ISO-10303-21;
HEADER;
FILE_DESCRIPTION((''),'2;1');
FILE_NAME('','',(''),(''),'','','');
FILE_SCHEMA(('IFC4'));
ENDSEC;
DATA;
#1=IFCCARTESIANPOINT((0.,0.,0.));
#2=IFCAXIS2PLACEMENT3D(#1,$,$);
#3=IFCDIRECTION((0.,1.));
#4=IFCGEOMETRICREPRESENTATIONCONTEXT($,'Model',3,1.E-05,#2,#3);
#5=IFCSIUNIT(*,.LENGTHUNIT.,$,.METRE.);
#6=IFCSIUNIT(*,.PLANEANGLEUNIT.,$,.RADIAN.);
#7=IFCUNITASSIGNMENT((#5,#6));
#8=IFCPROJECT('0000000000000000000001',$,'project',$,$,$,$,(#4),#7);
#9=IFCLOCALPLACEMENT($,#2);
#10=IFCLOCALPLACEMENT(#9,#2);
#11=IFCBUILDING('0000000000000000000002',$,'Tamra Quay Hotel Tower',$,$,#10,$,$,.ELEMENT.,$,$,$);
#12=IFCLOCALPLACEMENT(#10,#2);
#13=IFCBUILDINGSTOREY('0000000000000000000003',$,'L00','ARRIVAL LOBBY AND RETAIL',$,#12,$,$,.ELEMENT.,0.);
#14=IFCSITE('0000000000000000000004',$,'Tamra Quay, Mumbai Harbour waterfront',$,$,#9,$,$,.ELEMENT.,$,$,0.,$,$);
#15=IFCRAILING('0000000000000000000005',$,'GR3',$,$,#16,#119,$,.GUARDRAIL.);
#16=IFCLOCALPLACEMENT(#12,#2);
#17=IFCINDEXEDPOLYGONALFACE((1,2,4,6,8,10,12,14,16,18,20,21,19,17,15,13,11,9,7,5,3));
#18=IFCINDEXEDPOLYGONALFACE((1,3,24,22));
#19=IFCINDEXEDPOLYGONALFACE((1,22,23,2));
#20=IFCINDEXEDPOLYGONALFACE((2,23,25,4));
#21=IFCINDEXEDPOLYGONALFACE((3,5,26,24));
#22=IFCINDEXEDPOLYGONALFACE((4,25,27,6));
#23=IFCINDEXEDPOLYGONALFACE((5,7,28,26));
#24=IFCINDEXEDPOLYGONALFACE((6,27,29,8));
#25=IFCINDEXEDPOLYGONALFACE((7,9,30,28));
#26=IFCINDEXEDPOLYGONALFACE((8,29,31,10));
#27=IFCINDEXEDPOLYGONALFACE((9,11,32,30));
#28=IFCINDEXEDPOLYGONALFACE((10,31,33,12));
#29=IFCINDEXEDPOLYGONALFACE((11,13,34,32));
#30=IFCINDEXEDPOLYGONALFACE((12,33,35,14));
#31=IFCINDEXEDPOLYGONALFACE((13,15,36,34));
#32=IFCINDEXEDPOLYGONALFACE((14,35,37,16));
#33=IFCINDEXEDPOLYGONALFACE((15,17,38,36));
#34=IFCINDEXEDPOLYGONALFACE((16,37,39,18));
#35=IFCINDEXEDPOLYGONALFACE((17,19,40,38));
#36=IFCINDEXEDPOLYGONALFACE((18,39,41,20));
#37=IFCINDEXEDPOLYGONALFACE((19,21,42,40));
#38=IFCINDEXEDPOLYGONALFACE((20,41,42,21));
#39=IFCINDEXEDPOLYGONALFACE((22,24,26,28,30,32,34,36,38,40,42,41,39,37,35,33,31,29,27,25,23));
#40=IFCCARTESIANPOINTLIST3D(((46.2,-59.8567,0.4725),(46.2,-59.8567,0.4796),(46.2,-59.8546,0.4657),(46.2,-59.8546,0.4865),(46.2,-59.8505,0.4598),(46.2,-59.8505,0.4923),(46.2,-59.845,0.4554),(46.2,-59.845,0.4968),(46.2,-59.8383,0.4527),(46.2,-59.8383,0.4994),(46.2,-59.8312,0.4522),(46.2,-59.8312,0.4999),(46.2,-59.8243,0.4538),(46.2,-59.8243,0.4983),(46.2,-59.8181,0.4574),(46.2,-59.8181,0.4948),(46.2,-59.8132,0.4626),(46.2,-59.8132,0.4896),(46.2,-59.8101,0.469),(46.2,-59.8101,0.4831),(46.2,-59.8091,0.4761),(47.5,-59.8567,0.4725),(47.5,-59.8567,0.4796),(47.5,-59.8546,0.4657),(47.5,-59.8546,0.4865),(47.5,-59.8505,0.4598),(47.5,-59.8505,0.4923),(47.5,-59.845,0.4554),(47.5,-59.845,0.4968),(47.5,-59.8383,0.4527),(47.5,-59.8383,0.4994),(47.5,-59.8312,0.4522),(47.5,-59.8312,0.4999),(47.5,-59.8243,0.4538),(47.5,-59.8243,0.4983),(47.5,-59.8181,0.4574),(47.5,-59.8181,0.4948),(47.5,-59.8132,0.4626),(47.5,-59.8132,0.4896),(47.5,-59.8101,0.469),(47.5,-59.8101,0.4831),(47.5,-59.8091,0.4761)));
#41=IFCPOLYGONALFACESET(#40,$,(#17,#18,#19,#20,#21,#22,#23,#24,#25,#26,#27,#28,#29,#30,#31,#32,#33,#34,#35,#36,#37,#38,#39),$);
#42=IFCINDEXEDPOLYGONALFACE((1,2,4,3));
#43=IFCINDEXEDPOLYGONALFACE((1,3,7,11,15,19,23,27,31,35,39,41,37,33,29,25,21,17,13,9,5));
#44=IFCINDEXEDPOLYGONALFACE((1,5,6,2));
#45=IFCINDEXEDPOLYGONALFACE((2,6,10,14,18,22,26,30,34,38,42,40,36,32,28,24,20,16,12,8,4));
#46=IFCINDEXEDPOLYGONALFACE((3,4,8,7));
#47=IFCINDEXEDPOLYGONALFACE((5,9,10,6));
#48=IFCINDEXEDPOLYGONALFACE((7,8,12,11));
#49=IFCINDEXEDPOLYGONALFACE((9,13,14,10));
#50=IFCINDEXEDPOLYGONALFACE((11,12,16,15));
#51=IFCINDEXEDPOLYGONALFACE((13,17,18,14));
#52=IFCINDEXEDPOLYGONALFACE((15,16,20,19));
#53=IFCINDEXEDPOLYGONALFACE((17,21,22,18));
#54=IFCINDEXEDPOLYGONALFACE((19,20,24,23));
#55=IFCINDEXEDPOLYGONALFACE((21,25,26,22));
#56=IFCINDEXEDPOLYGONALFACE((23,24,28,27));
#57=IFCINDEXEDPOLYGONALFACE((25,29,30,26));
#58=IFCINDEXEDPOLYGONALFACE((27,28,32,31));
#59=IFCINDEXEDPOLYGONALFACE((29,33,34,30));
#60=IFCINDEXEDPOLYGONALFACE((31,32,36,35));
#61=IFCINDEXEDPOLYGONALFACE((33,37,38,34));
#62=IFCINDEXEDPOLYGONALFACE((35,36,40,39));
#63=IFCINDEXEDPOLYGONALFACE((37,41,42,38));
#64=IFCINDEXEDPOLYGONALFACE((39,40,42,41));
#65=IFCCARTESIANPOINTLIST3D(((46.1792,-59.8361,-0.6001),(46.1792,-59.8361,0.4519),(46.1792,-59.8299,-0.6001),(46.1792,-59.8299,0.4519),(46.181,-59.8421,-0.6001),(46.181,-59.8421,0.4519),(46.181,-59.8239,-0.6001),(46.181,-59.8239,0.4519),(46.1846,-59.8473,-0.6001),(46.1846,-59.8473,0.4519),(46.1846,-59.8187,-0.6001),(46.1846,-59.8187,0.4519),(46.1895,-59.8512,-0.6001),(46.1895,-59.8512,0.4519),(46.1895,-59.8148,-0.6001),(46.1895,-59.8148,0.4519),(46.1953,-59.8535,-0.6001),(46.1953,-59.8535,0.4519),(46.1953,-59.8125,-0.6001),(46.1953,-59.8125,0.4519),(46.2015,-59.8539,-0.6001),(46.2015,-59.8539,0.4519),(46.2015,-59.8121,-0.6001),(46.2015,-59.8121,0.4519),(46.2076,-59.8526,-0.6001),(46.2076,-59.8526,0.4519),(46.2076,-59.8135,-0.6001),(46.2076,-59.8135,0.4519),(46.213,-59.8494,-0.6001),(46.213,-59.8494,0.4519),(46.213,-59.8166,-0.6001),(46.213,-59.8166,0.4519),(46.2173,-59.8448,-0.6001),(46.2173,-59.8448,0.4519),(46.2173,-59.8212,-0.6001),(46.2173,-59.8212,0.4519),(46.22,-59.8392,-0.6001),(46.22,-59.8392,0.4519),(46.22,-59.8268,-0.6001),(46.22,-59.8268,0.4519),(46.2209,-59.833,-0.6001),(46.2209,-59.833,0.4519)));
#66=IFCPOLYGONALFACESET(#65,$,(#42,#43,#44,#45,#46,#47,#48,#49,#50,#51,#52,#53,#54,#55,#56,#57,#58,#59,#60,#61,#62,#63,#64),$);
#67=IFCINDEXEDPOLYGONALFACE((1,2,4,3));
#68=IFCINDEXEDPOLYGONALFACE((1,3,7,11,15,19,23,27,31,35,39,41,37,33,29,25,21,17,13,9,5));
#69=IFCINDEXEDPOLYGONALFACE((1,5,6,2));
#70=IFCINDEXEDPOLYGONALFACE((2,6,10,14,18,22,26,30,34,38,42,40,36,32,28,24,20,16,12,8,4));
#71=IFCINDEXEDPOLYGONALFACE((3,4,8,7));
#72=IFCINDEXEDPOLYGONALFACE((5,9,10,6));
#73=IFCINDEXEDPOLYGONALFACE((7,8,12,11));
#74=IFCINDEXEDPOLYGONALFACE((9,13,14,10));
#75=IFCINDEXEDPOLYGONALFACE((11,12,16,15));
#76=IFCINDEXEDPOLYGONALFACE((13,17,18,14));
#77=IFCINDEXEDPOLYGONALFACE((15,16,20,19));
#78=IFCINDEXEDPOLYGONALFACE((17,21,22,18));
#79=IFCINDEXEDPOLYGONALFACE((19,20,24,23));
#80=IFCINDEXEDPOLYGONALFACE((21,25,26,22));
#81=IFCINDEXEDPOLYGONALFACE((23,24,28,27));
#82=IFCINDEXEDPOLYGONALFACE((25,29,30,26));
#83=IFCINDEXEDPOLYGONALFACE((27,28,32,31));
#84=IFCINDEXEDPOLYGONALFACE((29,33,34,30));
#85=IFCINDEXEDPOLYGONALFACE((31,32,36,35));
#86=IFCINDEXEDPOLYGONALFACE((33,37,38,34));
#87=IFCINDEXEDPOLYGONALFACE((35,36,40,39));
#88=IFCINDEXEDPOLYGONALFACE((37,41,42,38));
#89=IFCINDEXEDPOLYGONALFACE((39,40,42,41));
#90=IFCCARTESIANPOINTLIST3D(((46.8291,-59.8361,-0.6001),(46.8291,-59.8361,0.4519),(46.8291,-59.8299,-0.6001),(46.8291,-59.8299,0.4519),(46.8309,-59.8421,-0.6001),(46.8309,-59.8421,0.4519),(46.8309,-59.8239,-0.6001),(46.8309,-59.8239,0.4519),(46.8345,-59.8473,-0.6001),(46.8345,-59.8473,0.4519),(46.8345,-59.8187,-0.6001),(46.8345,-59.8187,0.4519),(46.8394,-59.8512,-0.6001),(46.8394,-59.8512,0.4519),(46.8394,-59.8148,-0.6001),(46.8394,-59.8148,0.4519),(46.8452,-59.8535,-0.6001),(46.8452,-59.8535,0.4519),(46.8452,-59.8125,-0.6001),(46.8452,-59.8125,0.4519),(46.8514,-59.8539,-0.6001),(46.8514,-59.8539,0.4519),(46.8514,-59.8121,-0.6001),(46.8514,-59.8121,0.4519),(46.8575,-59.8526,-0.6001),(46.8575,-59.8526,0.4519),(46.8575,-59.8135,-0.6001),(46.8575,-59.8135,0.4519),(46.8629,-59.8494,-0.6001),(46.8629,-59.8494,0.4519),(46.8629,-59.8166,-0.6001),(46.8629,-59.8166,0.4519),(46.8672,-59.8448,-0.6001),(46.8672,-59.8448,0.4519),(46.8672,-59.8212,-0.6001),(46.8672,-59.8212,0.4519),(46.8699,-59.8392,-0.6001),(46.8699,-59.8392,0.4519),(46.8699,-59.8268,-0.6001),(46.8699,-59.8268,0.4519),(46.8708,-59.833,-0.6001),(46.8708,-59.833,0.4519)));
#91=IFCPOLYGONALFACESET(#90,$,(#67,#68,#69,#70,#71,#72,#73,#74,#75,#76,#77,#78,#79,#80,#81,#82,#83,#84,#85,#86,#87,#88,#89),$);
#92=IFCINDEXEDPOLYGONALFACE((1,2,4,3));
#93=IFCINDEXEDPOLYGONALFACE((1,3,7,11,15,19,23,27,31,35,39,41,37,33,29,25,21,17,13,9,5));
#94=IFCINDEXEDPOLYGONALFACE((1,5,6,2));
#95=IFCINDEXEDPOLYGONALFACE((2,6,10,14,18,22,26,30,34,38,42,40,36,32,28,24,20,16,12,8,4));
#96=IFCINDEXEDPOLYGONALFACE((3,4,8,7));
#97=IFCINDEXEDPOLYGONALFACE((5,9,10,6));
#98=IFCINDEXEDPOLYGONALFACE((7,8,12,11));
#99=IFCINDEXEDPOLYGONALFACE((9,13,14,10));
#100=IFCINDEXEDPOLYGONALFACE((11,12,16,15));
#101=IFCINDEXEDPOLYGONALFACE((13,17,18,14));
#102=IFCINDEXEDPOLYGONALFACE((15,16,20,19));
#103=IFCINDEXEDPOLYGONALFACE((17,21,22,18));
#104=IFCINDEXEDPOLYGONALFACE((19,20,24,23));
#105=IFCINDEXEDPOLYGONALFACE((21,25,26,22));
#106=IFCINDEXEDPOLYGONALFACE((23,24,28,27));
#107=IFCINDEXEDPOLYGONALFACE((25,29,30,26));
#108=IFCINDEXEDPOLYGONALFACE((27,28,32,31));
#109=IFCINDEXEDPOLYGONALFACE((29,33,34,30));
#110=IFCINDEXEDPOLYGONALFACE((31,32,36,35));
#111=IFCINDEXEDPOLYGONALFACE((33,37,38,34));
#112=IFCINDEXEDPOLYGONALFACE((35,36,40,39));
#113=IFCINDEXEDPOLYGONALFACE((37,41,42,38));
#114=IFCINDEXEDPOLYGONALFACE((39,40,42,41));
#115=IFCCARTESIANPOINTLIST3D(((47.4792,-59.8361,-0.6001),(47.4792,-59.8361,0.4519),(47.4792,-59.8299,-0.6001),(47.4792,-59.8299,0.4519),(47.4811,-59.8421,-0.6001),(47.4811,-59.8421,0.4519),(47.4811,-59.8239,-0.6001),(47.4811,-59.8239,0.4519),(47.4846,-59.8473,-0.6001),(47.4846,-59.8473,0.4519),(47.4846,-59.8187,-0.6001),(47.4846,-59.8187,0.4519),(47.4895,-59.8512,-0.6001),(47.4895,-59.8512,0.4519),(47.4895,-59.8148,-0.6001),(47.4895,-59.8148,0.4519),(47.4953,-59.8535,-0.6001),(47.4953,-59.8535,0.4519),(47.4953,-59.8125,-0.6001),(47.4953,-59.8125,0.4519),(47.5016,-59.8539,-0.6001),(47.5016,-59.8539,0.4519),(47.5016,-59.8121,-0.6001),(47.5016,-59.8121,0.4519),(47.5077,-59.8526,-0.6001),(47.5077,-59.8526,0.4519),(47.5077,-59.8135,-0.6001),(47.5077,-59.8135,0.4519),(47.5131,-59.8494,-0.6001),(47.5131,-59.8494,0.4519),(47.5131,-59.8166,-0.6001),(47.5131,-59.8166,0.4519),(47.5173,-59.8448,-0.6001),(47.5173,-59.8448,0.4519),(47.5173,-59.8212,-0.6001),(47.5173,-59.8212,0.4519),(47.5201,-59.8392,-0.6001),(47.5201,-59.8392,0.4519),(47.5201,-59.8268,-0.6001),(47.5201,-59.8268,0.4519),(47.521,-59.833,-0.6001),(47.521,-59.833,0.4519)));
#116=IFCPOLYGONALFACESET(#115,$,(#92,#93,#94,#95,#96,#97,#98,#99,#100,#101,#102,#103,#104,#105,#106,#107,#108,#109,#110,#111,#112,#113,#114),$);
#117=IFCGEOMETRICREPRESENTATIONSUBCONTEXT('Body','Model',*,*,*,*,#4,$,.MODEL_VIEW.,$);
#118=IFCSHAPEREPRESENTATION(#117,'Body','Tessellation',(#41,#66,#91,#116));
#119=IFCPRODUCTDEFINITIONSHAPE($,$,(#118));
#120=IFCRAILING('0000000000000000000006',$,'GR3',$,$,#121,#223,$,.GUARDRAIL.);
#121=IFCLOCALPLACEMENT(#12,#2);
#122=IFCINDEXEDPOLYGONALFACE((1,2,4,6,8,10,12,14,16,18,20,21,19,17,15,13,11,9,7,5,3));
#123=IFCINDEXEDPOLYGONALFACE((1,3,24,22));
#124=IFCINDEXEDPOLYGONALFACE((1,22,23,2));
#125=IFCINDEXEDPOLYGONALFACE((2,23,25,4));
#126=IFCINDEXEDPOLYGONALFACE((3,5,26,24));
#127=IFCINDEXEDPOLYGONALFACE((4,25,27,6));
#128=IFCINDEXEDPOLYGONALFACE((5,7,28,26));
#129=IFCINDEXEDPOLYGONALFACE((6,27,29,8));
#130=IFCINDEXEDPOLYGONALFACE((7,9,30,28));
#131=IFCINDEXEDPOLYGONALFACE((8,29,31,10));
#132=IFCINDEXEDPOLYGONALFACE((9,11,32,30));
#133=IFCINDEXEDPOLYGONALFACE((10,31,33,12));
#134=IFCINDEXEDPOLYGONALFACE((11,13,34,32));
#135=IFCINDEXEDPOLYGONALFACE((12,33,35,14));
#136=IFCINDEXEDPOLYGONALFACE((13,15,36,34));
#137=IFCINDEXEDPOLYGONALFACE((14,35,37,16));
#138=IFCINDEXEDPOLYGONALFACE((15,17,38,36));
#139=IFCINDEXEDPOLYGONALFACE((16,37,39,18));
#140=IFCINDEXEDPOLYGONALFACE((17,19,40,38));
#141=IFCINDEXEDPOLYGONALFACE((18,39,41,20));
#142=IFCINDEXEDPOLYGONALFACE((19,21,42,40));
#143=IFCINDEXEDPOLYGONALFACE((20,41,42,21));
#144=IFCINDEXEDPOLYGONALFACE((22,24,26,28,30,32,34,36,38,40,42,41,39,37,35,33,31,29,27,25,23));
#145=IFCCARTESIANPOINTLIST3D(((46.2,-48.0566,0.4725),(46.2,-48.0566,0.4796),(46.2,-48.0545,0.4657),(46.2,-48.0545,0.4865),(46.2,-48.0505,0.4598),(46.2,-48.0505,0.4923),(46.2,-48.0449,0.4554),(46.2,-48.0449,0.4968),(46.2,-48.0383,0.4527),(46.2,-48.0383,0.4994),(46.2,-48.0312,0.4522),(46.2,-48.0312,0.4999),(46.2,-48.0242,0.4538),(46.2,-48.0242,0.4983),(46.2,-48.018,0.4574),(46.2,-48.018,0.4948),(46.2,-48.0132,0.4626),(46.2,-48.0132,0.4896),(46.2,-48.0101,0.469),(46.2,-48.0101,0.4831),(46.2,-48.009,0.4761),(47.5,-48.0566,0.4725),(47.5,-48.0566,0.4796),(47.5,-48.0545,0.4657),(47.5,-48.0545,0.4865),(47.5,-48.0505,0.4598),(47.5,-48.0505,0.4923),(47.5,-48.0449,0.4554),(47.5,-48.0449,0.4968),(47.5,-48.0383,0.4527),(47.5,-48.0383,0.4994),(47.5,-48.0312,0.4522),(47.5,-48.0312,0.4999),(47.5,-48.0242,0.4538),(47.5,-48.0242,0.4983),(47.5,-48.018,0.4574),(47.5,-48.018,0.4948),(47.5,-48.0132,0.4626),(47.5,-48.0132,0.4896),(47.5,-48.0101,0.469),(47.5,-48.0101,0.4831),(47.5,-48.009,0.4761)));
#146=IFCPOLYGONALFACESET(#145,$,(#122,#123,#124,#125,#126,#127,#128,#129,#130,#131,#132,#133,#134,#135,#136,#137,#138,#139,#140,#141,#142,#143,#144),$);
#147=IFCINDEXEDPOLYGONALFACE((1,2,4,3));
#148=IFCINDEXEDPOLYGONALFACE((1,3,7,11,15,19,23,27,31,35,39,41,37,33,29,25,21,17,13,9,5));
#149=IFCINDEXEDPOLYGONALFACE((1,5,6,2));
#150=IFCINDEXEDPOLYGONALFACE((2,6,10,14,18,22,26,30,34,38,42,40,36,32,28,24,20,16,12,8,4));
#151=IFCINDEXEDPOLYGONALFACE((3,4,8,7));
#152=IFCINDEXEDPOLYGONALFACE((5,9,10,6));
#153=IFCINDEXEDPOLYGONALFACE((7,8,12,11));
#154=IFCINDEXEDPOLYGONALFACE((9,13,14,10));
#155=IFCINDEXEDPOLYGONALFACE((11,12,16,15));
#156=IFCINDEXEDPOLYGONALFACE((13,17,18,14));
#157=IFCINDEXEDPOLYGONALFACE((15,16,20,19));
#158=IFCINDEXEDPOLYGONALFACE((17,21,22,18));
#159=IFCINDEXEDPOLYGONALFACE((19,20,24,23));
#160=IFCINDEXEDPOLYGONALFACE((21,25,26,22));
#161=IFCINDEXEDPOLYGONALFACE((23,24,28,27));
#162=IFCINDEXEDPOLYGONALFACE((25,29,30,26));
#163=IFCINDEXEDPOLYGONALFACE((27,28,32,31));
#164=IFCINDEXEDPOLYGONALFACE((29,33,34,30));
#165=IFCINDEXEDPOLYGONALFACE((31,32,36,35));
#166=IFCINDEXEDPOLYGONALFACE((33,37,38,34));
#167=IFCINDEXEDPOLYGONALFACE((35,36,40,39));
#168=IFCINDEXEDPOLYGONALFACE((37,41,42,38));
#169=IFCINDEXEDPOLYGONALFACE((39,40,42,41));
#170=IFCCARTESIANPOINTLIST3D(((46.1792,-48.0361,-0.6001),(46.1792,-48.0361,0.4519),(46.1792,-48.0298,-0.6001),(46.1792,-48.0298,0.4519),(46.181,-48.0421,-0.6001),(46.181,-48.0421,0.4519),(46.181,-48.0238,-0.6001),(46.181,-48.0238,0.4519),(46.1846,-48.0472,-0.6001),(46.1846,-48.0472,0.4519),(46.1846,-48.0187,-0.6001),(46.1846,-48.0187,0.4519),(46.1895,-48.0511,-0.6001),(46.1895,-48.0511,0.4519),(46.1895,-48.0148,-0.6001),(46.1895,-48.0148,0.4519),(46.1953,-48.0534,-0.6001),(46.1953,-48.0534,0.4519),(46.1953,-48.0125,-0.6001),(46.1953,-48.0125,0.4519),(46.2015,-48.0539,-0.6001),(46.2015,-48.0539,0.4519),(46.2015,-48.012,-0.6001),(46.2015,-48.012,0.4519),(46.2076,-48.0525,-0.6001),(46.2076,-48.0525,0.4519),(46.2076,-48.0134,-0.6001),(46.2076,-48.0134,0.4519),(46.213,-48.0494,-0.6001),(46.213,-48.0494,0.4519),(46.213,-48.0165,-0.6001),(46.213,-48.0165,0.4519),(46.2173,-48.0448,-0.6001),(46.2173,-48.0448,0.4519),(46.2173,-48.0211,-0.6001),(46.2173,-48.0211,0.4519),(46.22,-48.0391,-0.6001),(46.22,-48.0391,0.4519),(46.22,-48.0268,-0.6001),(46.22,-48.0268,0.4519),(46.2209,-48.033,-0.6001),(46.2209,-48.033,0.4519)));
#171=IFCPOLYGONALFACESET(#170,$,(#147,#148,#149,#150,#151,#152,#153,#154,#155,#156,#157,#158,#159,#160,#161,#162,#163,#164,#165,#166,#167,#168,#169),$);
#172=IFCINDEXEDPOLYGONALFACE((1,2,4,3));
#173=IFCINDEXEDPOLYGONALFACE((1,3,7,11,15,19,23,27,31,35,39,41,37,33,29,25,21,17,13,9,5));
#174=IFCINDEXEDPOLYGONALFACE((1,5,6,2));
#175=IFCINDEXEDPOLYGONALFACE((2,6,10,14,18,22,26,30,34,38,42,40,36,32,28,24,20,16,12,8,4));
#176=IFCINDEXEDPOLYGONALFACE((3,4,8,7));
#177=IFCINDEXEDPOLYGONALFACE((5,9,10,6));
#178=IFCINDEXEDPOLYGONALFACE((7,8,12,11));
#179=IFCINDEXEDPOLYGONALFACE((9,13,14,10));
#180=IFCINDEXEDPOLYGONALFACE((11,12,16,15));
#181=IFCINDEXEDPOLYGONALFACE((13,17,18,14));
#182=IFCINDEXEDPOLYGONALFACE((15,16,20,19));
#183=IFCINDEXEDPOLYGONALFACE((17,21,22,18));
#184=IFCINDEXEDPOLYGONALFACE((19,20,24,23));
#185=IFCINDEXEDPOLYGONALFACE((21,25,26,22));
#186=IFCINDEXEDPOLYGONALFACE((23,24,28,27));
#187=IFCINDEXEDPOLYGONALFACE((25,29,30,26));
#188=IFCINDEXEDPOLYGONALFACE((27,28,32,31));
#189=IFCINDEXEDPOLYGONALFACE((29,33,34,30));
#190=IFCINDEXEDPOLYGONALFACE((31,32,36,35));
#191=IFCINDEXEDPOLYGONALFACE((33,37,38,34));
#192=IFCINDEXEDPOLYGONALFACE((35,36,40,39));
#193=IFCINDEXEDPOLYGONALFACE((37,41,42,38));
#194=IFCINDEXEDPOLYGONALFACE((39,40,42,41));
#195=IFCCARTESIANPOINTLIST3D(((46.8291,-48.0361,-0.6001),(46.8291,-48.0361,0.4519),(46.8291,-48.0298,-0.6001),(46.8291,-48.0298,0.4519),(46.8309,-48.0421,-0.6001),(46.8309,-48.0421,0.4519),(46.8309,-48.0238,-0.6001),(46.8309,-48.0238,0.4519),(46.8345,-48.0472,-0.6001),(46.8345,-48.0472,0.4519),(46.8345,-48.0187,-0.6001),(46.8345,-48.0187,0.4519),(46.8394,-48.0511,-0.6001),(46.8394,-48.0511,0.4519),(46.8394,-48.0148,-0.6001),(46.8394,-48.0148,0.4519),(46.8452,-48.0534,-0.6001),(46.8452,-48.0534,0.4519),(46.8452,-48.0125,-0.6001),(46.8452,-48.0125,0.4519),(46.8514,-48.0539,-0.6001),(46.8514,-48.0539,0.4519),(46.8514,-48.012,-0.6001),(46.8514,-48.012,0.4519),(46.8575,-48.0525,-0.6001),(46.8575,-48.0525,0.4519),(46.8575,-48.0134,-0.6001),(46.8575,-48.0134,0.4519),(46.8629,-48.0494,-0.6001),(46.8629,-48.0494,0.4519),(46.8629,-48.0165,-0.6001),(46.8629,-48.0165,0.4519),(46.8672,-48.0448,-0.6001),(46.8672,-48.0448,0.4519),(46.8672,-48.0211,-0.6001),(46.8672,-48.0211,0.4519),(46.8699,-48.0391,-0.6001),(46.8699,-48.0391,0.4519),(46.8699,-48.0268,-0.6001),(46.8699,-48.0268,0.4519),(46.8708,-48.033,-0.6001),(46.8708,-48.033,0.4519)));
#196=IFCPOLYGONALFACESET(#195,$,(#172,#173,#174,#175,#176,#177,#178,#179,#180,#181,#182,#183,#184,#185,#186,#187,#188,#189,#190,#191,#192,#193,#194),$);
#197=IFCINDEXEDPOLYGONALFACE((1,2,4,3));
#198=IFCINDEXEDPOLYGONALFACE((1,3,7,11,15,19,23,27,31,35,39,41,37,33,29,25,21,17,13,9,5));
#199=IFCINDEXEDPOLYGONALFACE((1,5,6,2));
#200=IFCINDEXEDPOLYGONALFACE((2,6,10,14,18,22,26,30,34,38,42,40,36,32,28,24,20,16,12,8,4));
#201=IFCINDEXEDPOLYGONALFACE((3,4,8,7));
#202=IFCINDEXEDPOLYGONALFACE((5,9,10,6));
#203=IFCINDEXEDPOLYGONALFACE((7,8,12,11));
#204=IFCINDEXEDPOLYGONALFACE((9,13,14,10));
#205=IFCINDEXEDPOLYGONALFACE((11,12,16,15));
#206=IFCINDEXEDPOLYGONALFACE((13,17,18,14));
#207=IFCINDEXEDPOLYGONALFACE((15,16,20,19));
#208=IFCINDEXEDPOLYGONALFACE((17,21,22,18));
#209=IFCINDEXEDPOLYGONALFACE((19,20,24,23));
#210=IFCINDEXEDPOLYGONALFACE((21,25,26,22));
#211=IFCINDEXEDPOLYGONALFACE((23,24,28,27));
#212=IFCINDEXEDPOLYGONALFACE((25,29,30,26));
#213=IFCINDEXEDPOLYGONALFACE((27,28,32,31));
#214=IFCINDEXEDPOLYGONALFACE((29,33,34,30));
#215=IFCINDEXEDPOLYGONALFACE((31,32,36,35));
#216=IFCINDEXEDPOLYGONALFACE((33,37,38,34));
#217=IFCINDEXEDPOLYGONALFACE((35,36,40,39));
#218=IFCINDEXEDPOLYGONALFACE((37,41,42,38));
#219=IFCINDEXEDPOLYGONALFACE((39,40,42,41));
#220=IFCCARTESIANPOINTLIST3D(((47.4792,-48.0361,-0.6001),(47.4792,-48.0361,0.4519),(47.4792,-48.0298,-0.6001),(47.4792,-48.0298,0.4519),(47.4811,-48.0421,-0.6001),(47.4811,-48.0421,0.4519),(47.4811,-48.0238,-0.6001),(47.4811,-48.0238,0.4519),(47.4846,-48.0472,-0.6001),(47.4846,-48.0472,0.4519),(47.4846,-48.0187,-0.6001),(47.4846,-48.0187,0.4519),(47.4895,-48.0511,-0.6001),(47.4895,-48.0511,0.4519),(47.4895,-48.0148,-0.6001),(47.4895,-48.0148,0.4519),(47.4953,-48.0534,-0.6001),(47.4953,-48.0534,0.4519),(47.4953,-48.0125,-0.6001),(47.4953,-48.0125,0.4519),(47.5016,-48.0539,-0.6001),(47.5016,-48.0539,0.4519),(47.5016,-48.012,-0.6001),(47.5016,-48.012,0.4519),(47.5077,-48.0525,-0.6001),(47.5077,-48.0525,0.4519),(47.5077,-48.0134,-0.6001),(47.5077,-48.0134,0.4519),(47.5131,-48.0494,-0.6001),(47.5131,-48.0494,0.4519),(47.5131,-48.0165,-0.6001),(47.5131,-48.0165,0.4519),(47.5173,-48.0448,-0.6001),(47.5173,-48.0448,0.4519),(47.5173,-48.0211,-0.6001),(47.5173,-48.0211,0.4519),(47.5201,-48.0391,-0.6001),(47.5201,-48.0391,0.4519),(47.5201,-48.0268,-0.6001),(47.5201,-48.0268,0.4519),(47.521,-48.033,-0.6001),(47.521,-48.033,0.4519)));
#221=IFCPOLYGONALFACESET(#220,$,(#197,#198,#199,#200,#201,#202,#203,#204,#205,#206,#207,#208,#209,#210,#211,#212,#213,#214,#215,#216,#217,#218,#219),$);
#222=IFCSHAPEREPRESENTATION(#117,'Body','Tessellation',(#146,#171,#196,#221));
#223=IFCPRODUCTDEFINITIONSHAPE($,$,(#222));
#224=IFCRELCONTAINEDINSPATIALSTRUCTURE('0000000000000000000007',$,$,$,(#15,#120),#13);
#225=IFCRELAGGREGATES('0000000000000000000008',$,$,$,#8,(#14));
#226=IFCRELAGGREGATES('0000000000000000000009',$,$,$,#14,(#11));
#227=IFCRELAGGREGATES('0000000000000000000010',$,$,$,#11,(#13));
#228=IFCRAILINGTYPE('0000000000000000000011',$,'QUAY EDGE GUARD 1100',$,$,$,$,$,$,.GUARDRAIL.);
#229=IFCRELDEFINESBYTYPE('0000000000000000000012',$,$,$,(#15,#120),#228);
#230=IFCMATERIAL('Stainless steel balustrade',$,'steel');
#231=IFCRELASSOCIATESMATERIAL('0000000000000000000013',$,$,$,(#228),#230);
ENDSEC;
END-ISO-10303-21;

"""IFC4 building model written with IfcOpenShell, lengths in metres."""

from ifc_helpers import new_model, si_unit, direction, frame, origin, origin_2d, place, context, subcontext, project, spatial, circle, extrude, material, type_object, element, save


model = new_model("IFC4")

# Units and contexts
model_context = context("Model", 3, precision=1e-05, world=origin(), true_north=direction((0.0, 1.0)))
body_context = subcontext(model_context, "Body", "Model", "MODEL_VIEW")
ifc_project = project(units=[si_unit("LENGTHUNIT", "METRE"), si_unit("PLANEANGLEUNIT", "RADIAN")], contexts=[model_context])

# Site, building, storey
site_placement = place(None, origin())
site = spatial("IfcSite", under=ifc_project, at=site_placement, Name="Tamra Quay, Mumbai Harbour waterfront", CompositionType="ELEMENT", RefElevation=0.0)
building_placement = place(site_placement, origin())
building = spatial("IfcBuilding", under=site, at=building_placement, Name="Tamra Quay Hotel Tower", CompositionType="ELEMENT")
storey_placement = place(building_placement, origin())
storey = spatial("IfcBuildingStorey", under=building, at=storey_placement, Name="L00", Description="ARRIVAL LOBBY AND RETAIL", CompositionType="ELEMENT", Elevation=0.0)

# Railings
ifc_material_1 = material(Name="Stainless steel balustrade", Category="steel")
railing_type = type_object("IfcRailingType", Name="QUAY EDGE GUARD 1100", PredefinedType="GUARDRAIL", material=ifc_material_1)
for number, where, name in (
    (1, (46.2, -59.833, -0.6001), "GR3"),
    (2, (46.2, -48.033, -0.6001), "GR3"),
):
    element("IfcRailing", number, at=place(storey_placement, frame(where)), inside=storey, type_object=railing_type, Name=name, PredefinedType="GUARDRAIL", context=body_context, shape_type="SweptSolid", body=[
        extrude(circle(Radius=0.0239, at=origin_2d()), frame((0.0, 0.0, 1.0762), z_axis=(1.0, 0.0, 0.0), x_axis=(0.0, 1.0, 0.0)), (0.0, 0.0, 1.0), 1.3),
        extrude(circle(Radius=0.021, at=origin_2d()), origin(), (0.0, 0.0, 1.0), 1.052),
        extrude(circle(Radius=0.021, at=origin_2d()), frame((0.6499, 0.0, 0.0)), (0.0, 0.0, 1.0), 1.052),
        extrude(circle(Radius=0.021, at=origin_2d()), frame((1.3, 0.0, 0.0)), (0.0, 0.0, 1.0), 1.052),
    ])

save(model, "model.ifc")
